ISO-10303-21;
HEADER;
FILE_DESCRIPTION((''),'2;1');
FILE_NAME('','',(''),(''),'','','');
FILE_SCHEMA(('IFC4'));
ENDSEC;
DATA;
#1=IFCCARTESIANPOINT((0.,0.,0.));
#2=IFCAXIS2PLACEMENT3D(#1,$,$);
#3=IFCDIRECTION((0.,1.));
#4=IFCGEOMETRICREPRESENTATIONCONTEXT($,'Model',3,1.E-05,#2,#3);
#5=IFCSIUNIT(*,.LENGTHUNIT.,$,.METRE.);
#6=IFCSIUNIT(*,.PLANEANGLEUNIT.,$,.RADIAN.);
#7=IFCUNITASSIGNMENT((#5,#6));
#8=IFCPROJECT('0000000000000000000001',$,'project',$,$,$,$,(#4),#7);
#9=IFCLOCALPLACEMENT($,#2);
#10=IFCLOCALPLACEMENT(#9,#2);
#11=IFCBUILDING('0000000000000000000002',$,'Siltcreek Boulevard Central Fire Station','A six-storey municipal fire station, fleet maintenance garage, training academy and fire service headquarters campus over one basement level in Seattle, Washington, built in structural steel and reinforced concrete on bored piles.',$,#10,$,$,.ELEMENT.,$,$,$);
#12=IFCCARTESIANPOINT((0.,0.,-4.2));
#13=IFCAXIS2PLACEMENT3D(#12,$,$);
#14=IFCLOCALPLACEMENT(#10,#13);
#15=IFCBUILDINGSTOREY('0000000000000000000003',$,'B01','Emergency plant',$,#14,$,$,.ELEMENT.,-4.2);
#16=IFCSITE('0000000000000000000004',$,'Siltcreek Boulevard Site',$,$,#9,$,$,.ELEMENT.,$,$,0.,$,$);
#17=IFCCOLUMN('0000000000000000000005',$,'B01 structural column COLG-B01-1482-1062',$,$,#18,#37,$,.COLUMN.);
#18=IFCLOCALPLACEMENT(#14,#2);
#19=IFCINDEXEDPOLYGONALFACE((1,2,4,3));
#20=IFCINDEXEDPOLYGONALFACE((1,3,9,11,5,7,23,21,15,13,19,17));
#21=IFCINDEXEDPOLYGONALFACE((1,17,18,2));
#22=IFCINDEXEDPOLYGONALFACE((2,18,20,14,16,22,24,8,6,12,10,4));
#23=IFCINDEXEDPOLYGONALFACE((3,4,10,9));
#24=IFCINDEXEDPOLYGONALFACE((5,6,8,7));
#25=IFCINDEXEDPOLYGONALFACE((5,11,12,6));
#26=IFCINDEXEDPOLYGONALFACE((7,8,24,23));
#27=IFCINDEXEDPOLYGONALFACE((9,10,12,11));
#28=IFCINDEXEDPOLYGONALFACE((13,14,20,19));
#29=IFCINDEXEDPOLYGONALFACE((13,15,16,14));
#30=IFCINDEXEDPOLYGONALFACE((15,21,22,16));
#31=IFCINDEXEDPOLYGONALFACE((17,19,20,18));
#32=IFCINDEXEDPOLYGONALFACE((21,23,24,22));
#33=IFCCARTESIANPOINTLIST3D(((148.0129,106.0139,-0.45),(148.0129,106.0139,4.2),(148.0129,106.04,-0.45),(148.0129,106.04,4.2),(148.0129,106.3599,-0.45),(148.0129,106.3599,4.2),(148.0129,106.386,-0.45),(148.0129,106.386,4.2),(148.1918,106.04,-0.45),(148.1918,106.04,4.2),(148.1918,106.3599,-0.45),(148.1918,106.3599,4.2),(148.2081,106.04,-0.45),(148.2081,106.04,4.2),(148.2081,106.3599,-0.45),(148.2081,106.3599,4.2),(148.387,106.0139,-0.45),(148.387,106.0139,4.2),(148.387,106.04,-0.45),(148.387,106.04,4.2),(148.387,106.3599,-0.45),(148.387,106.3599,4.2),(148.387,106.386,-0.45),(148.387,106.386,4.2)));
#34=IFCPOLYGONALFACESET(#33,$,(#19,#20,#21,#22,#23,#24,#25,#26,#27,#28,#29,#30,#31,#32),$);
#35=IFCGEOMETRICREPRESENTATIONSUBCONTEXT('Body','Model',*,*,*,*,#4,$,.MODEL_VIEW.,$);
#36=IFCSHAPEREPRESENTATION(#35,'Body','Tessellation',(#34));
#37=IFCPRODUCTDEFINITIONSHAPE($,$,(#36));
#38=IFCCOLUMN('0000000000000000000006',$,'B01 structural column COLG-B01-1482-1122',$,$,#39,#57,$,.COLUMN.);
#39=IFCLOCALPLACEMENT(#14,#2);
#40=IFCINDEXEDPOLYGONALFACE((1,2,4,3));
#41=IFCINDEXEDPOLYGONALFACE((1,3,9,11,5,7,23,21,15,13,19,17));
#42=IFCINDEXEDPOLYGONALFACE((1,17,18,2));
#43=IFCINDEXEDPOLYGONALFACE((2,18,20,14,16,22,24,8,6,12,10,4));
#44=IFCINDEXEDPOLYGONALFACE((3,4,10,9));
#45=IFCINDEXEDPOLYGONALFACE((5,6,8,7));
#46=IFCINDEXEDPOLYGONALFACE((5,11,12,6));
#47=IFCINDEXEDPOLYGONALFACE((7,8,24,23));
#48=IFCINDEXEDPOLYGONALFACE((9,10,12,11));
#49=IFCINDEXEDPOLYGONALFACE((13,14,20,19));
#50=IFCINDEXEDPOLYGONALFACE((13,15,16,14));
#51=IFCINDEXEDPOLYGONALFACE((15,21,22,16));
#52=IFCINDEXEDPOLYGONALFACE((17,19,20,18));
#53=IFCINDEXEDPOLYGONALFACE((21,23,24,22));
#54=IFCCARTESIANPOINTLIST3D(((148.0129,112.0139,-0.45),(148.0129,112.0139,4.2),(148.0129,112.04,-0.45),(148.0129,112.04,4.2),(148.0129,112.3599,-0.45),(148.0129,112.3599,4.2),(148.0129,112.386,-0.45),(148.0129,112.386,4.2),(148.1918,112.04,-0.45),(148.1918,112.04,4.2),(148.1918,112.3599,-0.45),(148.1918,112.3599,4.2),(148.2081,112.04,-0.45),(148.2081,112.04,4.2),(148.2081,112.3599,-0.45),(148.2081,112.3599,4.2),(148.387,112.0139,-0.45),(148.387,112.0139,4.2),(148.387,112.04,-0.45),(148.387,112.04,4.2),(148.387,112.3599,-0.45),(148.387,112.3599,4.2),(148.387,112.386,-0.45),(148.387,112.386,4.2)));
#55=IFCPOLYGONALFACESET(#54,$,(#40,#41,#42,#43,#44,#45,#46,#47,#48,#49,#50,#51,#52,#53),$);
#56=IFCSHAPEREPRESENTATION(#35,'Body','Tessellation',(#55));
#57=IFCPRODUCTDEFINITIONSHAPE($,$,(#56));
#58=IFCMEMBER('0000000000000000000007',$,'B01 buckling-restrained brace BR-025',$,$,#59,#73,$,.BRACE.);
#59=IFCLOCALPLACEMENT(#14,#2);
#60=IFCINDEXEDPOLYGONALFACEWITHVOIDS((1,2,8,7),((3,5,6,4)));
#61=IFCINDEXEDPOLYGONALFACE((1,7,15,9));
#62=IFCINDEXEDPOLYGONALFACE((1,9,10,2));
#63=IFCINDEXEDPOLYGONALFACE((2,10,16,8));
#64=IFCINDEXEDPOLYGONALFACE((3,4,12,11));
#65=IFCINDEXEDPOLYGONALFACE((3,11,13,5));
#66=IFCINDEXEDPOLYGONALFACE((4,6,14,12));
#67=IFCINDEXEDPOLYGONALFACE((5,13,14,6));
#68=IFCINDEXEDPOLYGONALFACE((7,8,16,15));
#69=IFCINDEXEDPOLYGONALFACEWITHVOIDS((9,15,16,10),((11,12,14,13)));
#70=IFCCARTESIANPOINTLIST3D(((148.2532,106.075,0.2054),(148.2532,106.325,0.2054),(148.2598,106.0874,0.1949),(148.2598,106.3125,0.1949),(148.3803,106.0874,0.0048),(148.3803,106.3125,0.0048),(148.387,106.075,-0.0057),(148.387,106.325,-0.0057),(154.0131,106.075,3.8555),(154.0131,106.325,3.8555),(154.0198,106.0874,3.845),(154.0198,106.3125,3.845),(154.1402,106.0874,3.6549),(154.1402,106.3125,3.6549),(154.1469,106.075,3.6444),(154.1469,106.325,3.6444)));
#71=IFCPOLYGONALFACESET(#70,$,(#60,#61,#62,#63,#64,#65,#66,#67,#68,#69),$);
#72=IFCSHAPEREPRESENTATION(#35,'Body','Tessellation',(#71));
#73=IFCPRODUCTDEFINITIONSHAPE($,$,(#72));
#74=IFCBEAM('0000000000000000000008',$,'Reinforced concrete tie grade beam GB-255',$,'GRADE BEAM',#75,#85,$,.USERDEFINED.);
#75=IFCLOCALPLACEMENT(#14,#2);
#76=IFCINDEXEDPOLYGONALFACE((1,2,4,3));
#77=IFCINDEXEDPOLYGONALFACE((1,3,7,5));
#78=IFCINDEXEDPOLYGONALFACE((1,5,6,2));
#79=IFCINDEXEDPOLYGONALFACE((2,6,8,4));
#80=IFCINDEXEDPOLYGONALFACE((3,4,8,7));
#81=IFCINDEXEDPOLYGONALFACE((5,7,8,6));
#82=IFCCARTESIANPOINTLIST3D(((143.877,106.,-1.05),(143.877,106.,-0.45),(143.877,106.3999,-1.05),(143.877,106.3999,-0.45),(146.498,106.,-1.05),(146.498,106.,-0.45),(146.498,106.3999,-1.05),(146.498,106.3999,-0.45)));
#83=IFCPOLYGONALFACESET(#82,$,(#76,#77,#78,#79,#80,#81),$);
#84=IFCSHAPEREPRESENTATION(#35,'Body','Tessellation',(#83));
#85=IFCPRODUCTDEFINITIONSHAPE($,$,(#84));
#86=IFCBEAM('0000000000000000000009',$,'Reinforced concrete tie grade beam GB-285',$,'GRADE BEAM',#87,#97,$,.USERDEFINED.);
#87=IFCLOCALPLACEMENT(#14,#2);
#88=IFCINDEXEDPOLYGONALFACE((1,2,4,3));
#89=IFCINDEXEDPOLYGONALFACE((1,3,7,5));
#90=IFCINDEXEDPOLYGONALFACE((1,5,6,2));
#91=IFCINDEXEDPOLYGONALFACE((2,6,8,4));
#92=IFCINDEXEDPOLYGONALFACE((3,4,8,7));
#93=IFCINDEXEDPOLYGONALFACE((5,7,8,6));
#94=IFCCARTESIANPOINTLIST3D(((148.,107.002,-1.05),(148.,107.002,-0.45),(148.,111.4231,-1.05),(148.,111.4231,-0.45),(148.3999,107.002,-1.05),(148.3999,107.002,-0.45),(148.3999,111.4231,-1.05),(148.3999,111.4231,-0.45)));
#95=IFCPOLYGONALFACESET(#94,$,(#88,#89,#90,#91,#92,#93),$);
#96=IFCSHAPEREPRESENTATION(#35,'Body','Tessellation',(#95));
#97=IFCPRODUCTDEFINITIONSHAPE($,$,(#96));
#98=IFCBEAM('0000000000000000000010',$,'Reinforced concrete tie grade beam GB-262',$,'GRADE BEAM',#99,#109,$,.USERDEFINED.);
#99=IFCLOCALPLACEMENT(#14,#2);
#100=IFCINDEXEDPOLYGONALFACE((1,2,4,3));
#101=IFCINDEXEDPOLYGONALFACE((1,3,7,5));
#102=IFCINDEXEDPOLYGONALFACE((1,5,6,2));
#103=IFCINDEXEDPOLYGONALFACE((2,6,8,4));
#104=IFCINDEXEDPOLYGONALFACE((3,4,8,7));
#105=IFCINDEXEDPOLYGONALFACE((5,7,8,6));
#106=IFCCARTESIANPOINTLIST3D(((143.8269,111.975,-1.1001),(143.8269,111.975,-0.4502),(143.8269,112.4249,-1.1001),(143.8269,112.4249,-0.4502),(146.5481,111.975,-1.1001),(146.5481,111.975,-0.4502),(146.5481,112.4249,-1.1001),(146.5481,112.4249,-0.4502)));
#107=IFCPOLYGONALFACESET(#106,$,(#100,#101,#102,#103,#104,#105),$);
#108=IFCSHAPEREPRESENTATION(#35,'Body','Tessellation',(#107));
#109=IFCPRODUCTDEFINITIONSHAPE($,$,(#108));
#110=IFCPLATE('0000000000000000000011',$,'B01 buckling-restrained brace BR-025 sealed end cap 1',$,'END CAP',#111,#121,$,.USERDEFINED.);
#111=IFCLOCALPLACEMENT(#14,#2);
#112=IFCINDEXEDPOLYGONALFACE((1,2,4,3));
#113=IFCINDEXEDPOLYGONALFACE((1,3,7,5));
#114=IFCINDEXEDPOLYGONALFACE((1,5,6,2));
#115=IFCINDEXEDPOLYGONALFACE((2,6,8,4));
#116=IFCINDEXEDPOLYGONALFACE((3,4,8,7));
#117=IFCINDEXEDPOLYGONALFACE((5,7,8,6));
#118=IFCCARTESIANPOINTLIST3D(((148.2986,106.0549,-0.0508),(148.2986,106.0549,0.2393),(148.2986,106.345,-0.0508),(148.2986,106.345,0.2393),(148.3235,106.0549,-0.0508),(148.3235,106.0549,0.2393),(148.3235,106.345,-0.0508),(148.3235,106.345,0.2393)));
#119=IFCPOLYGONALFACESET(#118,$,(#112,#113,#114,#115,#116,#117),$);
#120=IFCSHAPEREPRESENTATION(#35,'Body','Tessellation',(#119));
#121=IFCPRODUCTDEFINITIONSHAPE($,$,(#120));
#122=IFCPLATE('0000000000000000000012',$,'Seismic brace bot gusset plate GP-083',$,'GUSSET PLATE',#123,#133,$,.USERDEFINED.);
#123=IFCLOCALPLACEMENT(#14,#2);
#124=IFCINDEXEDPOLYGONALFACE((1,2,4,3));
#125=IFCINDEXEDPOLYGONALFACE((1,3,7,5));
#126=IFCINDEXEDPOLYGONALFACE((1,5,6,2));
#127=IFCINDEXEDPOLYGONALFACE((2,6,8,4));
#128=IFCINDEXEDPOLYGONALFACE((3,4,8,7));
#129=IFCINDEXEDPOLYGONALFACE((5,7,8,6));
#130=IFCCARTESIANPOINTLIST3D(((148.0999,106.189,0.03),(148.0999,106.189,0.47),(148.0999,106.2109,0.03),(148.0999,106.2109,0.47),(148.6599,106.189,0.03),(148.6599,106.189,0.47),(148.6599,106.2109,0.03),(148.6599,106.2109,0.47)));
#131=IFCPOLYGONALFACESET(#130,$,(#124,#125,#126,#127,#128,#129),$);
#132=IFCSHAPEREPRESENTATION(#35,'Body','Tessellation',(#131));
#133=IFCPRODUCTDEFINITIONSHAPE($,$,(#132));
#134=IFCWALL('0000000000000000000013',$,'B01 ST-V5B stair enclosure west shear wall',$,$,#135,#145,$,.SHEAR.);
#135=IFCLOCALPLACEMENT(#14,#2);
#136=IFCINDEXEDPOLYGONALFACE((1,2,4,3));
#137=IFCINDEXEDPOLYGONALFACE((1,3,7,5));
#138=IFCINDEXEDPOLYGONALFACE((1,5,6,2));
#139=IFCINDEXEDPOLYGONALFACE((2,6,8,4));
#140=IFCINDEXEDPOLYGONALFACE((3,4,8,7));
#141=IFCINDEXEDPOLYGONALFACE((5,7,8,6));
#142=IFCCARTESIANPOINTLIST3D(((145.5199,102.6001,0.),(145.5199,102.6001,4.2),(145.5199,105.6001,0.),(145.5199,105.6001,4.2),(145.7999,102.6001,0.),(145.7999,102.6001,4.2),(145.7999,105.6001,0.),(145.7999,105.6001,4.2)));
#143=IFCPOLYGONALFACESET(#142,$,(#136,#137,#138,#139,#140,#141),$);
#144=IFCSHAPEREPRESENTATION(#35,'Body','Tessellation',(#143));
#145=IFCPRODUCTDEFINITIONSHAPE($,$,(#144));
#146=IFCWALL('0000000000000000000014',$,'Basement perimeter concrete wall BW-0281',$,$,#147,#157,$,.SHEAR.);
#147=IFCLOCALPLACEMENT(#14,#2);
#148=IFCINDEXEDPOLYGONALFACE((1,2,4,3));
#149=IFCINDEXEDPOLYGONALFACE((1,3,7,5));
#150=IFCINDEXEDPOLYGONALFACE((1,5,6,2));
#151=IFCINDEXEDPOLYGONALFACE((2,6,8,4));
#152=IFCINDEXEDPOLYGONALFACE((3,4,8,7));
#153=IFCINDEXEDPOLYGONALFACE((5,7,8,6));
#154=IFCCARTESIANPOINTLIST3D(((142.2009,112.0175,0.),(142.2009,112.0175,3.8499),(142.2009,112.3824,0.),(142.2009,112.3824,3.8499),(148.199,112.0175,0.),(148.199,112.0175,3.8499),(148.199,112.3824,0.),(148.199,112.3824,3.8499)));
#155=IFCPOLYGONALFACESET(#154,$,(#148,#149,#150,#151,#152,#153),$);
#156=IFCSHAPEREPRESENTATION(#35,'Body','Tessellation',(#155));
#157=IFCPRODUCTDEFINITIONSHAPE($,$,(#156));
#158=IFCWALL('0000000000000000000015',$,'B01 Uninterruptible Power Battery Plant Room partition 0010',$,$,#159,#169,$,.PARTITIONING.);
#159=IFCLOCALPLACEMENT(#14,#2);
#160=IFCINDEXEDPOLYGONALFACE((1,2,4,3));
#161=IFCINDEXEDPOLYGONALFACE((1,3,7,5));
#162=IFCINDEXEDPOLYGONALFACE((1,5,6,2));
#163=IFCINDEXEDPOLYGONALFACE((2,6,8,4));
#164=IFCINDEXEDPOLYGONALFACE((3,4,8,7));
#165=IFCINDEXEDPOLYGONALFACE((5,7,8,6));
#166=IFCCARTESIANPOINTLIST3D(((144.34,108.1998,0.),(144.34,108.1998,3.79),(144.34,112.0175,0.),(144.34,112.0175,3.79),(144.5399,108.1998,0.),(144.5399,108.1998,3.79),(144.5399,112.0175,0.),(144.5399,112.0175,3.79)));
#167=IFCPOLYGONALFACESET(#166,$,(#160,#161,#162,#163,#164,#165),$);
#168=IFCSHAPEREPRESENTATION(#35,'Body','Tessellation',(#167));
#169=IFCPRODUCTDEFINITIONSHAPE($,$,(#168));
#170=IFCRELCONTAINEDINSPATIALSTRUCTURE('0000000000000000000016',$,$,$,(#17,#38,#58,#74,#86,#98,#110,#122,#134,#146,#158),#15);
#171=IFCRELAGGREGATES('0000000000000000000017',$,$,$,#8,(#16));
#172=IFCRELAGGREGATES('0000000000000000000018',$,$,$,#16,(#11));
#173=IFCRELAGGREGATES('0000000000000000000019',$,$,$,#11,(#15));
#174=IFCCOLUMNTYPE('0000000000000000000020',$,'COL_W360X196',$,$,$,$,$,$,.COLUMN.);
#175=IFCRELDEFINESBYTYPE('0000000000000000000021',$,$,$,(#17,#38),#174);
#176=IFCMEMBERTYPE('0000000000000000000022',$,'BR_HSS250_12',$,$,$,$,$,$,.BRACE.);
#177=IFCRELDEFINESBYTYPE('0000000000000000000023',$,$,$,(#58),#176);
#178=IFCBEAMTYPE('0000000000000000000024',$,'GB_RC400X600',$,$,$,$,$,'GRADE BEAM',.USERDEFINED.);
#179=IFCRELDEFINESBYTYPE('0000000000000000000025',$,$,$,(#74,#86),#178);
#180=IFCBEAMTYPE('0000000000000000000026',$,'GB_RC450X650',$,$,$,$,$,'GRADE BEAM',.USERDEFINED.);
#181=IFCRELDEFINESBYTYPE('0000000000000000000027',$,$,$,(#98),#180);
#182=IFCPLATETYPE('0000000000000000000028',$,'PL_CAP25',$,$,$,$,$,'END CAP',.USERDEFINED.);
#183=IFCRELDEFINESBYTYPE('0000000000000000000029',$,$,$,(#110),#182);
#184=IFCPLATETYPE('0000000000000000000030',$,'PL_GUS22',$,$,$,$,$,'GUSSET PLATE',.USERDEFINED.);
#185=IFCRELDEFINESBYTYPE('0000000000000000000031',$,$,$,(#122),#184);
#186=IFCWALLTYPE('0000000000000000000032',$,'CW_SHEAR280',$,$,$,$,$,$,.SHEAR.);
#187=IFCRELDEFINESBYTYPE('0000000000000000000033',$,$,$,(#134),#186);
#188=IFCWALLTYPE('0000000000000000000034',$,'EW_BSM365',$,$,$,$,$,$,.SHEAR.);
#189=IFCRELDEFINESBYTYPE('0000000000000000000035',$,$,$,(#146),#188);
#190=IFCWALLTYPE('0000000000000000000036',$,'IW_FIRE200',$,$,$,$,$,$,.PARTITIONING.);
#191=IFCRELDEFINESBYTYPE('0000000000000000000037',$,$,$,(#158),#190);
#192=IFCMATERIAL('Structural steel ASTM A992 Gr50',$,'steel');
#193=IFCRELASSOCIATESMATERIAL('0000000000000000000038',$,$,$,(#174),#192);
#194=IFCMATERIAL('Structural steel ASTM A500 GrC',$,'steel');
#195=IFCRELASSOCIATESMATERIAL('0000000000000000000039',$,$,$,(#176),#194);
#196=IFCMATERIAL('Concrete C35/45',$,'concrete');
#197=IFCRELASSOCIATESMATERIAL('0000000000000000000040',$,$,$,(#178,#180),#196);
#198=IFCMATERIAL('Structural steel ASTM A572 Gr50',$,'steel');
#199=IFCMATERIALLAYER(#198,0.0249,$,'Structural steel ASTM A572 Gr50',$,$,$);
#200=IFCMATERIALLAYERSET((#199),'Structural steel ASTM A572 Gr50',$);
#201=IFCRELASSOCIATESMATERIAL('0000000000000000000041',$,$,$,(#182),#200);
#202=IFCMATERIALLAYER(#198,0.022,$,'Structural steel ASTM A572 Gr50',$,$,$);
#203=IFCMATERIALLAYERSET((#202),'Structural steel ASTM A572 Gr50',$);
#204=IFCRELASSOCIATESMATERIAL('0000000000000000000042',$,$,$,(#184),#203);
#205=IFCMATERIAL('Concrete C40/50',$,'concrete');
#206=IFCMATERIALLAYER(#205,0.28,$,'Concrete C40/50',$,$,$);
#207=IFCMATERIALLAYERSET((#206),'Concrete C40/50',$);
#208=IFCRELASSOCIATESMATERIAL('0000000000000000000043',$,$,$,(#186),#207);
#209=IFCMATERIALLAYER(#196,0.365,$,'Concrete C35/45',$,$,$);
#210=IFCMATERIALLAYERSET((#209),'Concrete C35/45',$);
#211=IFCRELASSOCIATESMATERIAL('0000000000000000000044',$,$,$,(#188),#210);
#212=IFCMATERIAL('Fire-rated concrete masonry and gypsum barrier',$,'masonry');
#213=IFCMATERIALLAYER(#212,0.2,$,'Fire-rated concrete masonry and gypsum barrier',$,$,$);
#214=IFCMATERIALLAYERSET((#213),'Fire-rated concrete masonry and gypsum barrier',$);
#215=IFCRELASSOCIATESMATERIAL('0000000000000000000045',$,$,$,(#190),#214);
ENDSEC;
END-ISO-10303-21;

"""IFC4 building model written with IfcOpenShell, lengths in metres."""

from ifc_helpers import new_model, si_unit, direction, frame, frame_2d, origin, origin_2d, place, context, subcontext, project, spatial, rectangle, hollow_rectangle, i_section, extrude, material, layer, layer_set, material_profile, profile_set, type_object, element, save


model = new_model("IFC4")

# Units and contexts
model_context = context("Model", 3, precision=1e-05, world=origin(), true_north=direction((0.0, 1.0)))
body_context = subcontext(model_context, "Body", "Model", "MODEL_VIEW")
ifc_project = project(units=[si_unit("LENGTHUNIT", "METRE"), si_unit("PLANEANGLEUNIT", "RADIAN")], contexts=[model_context])

# Site, building, storey
site_placement = place(None, origin())
site = spatial("IfcSite", under=ifc_project, at=site_placement, Name="Siltcreek Boulevard Site", CompositionType="ELEMENT", RefElevation=0.0)
building_placement = place(site_placement, origin())
building = spatial("IfcBuilding", under=site, at=building_placement, Name="Siltcreek Boulevard Central Fire Station", Description="A six-storey municipal fire station, fleet maintenance garage, training academy and fire service headquarters campus over one basement level in Seattle, Washington, built in structural steel and reinforced concrete on bored piles.", CompositionType="ELEMENT")
storey_placement = place(building_placement, frame((0.0, 0.0, -4.2)))
storey = spatial("IfcBuildingStorey", under=building, at=storey_placement, Name="B01", Description="Emergency plant", CompositionType="ELEMENT", Elevation=-4.2)

# Shared definitions
ifc_material_1 = material(Name="Concrete C35/45", Category="concrete")

# Columns
ifc_material_2 = material(Name="Structural steel ASTM A992 Gr50", Category="steel")
ifc_material_profile_1 = material_profile(ifc_material_2, i_section(OverallWidth=0.374, OverallDepth=0.3721, WebThickness=0.0164, FlangeThickness=0.0261, at=origin_2d()), Name="W360X196")
ifc_profile_set_1 = profile_set([ifc_material_profile_1], Name="Structural steel ASTM A992 Gr50")
column_type = type_object("IfcColumnType", Name="COL_W360X196", PredefinedType="COLUMN", material=ifc_profile_set_1)
for number, where, z_axis, x_axis, name in (
    (1, (148.2, 106.2, -0.45), (0.0, 0.0, 1.0), (1.0, 0.0, 0.0), "B01 structural column COLG-B01-1482-1062"),
    (2, (148.2, 112.2, -0.45), (0.0, 0.0, 1.0), (1.0, 0.0, 0.0), "B01 structural column COLG-B01-1482-1122"),
):
    element("IfcColumn", number, at=place(storey_placement, frame(where, z_axis=z_axis, x_axis=x_axis)), inside=storey, type_object=column_type, Name=name, PredefinedType="COLUMN", context=body_context, shape_type="SweptSolid", body=[
        extrude(i_section(OverallWidth=0.374, OverallDepth=0.3721, WebThickness=0.0164, FlangeThickness=0.0261, at=origin_2d()), origin(), (0.0, 0.0, 1.0), 4.6499),
    ])

# Member
ifc_material_3 = material(Name="Structural steel ASTM A500 GrC", Category="steel")
ifc_material_profile_2 = material_profile(ifc_material_3, hollow_rectangle(XDim=0.25, YDim=0.25, WallThickness=0.0125, at=origin_2d()), Name="HSS250X250X12.5")
ifc_profile_set_2 = profile_set([ifc_material_profile_2], Name="Structural steel ASTM A500 GrC")
member_type = type_object("IfcMemberType", Name="BR_HSS250_12", PredefinedType="BRACE", material=ifc_profile_set_2)
member_placement = place(storey_placement, frame((148.3201, 106.2, 0.0999), z_axis=(0.844677, 0.0, 0.535276), x_axis=(0.0, 1.0, 0.0)))
element("IfcMember", 3, at=member_placement, inside=storey, type_object=member_type, Name="B01 buckling-restrained brace BR-025", PredefinedType="BRACE", context=body_context, shape_type="SweptSolid", body=[
    extrude(hollow_rectangle(XDim=0.25, YDim=0.25, WallThickness=0.0125, at=origin_2d()), origin(), (0.0, 0.0, 1.0), 6.8191),
])

# Beams
ifc_material_profile_3 = material_profile(ifc_material_1, rectangle(XDim=0.3999, YDim=0.6001, at=origin_2d()), Name="RC400X600")
ifc_profile_set_3 = profile_set([ifc_material_profile_3], Name="Concrete C35/45")
beam_type_1 = type_object("IfcBeamType", Name="GB_RC400X600", ElementType="GRADE BEAM", PredefinedType="USERDEFINED", material=ifc_profile_set_3)
beam_1_placement = place(storey_placement, frame((143.877, 106.2, -0.75), z_axis=(1.0, 0.0, 0.0), x_axis=(0.0, 1.0, 0.0)))
element("IfcBeam", 4, at=beam_1_placement, inside=storey, type_object=beam_type_1, Name="Reinforced concrete tie grade beam GB-255", ObjectType="GRADE BEAM", PredefinedType="USERDEFINED", context=body_context, shape_type="SweptSolid", body=[
    extrude(rectangle(XDim=0.3999, YDim=0.6001, at=origin_2d()), origin(), (0.0, 0.0, 1.0), 2.6211),
])
beam_2_placement = place(storey_placement, frame((148.2, 107.002, -0.75), z_axis=(0.0, 1.0, 0.0), x_axis=(-1.0, 0.0, 0.0)))
element("IfcBeam", 5, at=beam_2_placement, inside=storey, type_object=beam_type_1, Name="Reinforced concrete tie grade beam GB-285", ObjectType="GRADE BEAM", PredefinedType="USERDEFINED", context=body_context, shape_type="SweptSolid", body=[
    extrude(rectangle(XDim=0.3999, YDim=0.6001, at=origin_2d()), origin(), (0.0, 0.0, 1.0), 4.4211),
])
ifc_material_profile_4 = material_profile(ifc_material_1, rectangle(XDim=0.45, YDim=0.6499, at=origin_2d()), Name="RC450X650")
ifc_profile_set_4 = profile_set([ifc_material_profile_4], Name="Concrete C35/45")
beam_type_2 = type_object("IfcBeamType", Name="GB_RC450X650", ElementType="GRADE BEAM", PredefinedType="USERDEFINED", material=ifc_profile_set_4)
beam_3_placement = place(storey_placement, frame((143.8269, 112.2, -0.7751), z_axis=(1.0, 0.0, 0.0), x_axis=(0.0, 1.0, 0.0)))
element("IfcBeam", 6, at=beam_3_placement, inside=storey, type_object=beam_type_2, Name="Reinforced concrete tie grade beam GB-262", ObjectType="GRADE BEAM", PredefinedType="USERDEFINED", context=body_context, shape_type="SweptSolid", body=[
    extrude(rectangle(XDim=0.45, YDim=0.6499, at=origin_2d()), origin(), (0.0, 0.0, 1.0), 2.7212),
])

# Plates
ifc_material_4 = material(Name="Structural steel ASTM A572 Gr50", Category="steel")
ifc_layer_1 = layer(ifc_material_4, 0.0249, Name="Structural steel ASTM A572 Gr50")
ifc_layer_set_1 = layer_set([ifc_layer_1], Name="Structural steel ASTM A572 Gr50")
plate_type_1 = type_object("IfcPlateType", Name="PL_CAP25", ElementType="END CAP", PredefinedType="USERDEFINED", material=ifc_layer_set_1)
plate_1_placement = place(storey_placement, frame((148.311, 106.2, -0.0508), z_axis=(0.0, 0.0, 1.0), x_axis=(1.0, 0.0, 0.0)))
element("IfcPlate", 7, at=plate_1_placement, inside=storey, type_object=plate_type_1, Name="B01 buckling-restrained brace BR-025 sealed end cap 1", ObjectType="END CAP", PredefinedType="USERDEFINED", context=body_context, shape_type="SweptSolid", body=[
    extrude(rectangle(XDim=0.0249, YDim=0.29, at=origin_2d()), origin(), (0.0, 0.0, 1.0), 0.29),
])
ifc_layer_2 = layer(ifc_material_4, 0.022, Name="Structural steel ASTM A572 Gr50")
ifc_layer_set_2 = layer_set([ifc_layer_2], Name="Structural steel ASTM A572 Gr50")
plate_type_2 = type_object("IfcPlateType", Name="PL_GUS22", ElementType="GUSSET PLATE", PredefinedType="USERDEFINED", material=ifc_layer_set_2)
plate_2_placement = place(storey_placement, frame((148.3799, 106.2, 0.03), z_axis=(0.0, 0.0, 1.0), x_axis=(1.0, 0.0, 0.0)))
element("IfcPlate", 8, at=plate_2_placement, inside=storey, type_object=plate_type_2, Name="Seismic brace bot gusset plate GP-083", ObjectType="GUSSET PLATE", PredefinedType="USERDEFINED", context=body_context, shape_type="SweptSolid", body=[
    extrude(rectangle(XDim=0.5601, YDim=0.022, at=origin_2d()), origin(), (0.0, 0.0, 1.0), 0.4399),
])

# Walls
ifc_material_5 = material(Name="Concrete C40/50", Category="concrete")
ifc_layer_3 = layer(ifc_material_5, 0.28, Name="Concrete C40/50")
ifc_layer_set_3 = layer_set([ifc_layer_3], Name="Concrete C40/50")
wall_type_1 = type_object("IfcWallType", Name="CW_SHEAR280", PredefinedType="SHEAR", material=ifc_layer_set_3)
wall_1_placement = place(storey_placement, frame((145.6599, 105.6001, 0.0), z_axis=(0.0, 0.0, 1.0), x_axis=(0.0, -1.0, 0.0)))
element("IfcWall", 9, at=wall_1_placement, inside=storey, type_object=wall_type_1, Name="B01 ST-V5B stair enclosure west shear wall", PredefinedType="SHEAR", context=body_context, shape_type="SweptSolid", body=[
    extrude(rectangle(XDim=3.0, YDim=0.28, at=frame_2d((1.5, 0.0))), origin(), (0.0, 0.0, 1.0), 4.2),
])
ifc_layer_4 = layer(ifc_material_1, 0.365, Name="Concrete C35/45")
ifc_layer_set_4 = layer_set([ifc_layer_4], Name="Concrete C35/45")
wall_type_2 = type_object("IfcWallType", Name="EW_BSM365", PredefinedType="SHEAR", material=ifc_layer_set_4)
wall_2_placement = place(storey_placement, frame((148.199, 112.2, 0.0), z_axis=(0.0, 0.0, 1.0), x_axis=(-1.0, 0.0, 0.0)))
element("IfcWall", 10, at=wall_2_placement, inside=storey, type_object=wall_type_2, Name="Basement perimeter concrete wall BW-0281", PredefinedType="SHEAR", context=body_context, shape_type="SweptSolid", body=[
    extrude(rectangle(XDim=5.998, YDim=0.365, at=frame_2d((2.999, 0.0))), origin(), (0.0, 0.0, 1.0), 3.8499),
])
ifc_material_6 = material(Name="Fire-rated concrete masonry and gypsum barrier", Category="masonry")
ifc_layer_5 = layer(ifc_material_6, 0.2, Name="Fire-rated concrete masonry and gypsum barrier")
ifc_layer_set_5 = layer_set([ifc_layer_5], Name="Fire-rated concrete masonry and gypsum barrier")
wall_type_3 = type_object("IfcWallType", Name="IW_FIRE200", PredefinedType="PARTITIONING", material=ifc_layer_set_5)
wall_3_placement = place(storey_placement, frame((144.4399, 108.2, 0.0), z_axis=(0.0, 0.0, 1.0), x_axis=(0.0, 1.0, 0.0)))
element("IfcWall", 11, at=wall_3_placement, inside=storey, type_object=wall_type_3, Name="B01 Uninterruptible Power Battery Plant Room partition 0010", PredefinedType="PARTITIONING", context=body_context, shape_type="SweptSolid", body=[
    extrude(rectangle(XDim=3.8176, YDim=0.2, at=frame_2d((1.9087, 0.0))), origin(), (0.0, 0.0, 1.0), 3.79),
])

save(model, "model.ifc")
